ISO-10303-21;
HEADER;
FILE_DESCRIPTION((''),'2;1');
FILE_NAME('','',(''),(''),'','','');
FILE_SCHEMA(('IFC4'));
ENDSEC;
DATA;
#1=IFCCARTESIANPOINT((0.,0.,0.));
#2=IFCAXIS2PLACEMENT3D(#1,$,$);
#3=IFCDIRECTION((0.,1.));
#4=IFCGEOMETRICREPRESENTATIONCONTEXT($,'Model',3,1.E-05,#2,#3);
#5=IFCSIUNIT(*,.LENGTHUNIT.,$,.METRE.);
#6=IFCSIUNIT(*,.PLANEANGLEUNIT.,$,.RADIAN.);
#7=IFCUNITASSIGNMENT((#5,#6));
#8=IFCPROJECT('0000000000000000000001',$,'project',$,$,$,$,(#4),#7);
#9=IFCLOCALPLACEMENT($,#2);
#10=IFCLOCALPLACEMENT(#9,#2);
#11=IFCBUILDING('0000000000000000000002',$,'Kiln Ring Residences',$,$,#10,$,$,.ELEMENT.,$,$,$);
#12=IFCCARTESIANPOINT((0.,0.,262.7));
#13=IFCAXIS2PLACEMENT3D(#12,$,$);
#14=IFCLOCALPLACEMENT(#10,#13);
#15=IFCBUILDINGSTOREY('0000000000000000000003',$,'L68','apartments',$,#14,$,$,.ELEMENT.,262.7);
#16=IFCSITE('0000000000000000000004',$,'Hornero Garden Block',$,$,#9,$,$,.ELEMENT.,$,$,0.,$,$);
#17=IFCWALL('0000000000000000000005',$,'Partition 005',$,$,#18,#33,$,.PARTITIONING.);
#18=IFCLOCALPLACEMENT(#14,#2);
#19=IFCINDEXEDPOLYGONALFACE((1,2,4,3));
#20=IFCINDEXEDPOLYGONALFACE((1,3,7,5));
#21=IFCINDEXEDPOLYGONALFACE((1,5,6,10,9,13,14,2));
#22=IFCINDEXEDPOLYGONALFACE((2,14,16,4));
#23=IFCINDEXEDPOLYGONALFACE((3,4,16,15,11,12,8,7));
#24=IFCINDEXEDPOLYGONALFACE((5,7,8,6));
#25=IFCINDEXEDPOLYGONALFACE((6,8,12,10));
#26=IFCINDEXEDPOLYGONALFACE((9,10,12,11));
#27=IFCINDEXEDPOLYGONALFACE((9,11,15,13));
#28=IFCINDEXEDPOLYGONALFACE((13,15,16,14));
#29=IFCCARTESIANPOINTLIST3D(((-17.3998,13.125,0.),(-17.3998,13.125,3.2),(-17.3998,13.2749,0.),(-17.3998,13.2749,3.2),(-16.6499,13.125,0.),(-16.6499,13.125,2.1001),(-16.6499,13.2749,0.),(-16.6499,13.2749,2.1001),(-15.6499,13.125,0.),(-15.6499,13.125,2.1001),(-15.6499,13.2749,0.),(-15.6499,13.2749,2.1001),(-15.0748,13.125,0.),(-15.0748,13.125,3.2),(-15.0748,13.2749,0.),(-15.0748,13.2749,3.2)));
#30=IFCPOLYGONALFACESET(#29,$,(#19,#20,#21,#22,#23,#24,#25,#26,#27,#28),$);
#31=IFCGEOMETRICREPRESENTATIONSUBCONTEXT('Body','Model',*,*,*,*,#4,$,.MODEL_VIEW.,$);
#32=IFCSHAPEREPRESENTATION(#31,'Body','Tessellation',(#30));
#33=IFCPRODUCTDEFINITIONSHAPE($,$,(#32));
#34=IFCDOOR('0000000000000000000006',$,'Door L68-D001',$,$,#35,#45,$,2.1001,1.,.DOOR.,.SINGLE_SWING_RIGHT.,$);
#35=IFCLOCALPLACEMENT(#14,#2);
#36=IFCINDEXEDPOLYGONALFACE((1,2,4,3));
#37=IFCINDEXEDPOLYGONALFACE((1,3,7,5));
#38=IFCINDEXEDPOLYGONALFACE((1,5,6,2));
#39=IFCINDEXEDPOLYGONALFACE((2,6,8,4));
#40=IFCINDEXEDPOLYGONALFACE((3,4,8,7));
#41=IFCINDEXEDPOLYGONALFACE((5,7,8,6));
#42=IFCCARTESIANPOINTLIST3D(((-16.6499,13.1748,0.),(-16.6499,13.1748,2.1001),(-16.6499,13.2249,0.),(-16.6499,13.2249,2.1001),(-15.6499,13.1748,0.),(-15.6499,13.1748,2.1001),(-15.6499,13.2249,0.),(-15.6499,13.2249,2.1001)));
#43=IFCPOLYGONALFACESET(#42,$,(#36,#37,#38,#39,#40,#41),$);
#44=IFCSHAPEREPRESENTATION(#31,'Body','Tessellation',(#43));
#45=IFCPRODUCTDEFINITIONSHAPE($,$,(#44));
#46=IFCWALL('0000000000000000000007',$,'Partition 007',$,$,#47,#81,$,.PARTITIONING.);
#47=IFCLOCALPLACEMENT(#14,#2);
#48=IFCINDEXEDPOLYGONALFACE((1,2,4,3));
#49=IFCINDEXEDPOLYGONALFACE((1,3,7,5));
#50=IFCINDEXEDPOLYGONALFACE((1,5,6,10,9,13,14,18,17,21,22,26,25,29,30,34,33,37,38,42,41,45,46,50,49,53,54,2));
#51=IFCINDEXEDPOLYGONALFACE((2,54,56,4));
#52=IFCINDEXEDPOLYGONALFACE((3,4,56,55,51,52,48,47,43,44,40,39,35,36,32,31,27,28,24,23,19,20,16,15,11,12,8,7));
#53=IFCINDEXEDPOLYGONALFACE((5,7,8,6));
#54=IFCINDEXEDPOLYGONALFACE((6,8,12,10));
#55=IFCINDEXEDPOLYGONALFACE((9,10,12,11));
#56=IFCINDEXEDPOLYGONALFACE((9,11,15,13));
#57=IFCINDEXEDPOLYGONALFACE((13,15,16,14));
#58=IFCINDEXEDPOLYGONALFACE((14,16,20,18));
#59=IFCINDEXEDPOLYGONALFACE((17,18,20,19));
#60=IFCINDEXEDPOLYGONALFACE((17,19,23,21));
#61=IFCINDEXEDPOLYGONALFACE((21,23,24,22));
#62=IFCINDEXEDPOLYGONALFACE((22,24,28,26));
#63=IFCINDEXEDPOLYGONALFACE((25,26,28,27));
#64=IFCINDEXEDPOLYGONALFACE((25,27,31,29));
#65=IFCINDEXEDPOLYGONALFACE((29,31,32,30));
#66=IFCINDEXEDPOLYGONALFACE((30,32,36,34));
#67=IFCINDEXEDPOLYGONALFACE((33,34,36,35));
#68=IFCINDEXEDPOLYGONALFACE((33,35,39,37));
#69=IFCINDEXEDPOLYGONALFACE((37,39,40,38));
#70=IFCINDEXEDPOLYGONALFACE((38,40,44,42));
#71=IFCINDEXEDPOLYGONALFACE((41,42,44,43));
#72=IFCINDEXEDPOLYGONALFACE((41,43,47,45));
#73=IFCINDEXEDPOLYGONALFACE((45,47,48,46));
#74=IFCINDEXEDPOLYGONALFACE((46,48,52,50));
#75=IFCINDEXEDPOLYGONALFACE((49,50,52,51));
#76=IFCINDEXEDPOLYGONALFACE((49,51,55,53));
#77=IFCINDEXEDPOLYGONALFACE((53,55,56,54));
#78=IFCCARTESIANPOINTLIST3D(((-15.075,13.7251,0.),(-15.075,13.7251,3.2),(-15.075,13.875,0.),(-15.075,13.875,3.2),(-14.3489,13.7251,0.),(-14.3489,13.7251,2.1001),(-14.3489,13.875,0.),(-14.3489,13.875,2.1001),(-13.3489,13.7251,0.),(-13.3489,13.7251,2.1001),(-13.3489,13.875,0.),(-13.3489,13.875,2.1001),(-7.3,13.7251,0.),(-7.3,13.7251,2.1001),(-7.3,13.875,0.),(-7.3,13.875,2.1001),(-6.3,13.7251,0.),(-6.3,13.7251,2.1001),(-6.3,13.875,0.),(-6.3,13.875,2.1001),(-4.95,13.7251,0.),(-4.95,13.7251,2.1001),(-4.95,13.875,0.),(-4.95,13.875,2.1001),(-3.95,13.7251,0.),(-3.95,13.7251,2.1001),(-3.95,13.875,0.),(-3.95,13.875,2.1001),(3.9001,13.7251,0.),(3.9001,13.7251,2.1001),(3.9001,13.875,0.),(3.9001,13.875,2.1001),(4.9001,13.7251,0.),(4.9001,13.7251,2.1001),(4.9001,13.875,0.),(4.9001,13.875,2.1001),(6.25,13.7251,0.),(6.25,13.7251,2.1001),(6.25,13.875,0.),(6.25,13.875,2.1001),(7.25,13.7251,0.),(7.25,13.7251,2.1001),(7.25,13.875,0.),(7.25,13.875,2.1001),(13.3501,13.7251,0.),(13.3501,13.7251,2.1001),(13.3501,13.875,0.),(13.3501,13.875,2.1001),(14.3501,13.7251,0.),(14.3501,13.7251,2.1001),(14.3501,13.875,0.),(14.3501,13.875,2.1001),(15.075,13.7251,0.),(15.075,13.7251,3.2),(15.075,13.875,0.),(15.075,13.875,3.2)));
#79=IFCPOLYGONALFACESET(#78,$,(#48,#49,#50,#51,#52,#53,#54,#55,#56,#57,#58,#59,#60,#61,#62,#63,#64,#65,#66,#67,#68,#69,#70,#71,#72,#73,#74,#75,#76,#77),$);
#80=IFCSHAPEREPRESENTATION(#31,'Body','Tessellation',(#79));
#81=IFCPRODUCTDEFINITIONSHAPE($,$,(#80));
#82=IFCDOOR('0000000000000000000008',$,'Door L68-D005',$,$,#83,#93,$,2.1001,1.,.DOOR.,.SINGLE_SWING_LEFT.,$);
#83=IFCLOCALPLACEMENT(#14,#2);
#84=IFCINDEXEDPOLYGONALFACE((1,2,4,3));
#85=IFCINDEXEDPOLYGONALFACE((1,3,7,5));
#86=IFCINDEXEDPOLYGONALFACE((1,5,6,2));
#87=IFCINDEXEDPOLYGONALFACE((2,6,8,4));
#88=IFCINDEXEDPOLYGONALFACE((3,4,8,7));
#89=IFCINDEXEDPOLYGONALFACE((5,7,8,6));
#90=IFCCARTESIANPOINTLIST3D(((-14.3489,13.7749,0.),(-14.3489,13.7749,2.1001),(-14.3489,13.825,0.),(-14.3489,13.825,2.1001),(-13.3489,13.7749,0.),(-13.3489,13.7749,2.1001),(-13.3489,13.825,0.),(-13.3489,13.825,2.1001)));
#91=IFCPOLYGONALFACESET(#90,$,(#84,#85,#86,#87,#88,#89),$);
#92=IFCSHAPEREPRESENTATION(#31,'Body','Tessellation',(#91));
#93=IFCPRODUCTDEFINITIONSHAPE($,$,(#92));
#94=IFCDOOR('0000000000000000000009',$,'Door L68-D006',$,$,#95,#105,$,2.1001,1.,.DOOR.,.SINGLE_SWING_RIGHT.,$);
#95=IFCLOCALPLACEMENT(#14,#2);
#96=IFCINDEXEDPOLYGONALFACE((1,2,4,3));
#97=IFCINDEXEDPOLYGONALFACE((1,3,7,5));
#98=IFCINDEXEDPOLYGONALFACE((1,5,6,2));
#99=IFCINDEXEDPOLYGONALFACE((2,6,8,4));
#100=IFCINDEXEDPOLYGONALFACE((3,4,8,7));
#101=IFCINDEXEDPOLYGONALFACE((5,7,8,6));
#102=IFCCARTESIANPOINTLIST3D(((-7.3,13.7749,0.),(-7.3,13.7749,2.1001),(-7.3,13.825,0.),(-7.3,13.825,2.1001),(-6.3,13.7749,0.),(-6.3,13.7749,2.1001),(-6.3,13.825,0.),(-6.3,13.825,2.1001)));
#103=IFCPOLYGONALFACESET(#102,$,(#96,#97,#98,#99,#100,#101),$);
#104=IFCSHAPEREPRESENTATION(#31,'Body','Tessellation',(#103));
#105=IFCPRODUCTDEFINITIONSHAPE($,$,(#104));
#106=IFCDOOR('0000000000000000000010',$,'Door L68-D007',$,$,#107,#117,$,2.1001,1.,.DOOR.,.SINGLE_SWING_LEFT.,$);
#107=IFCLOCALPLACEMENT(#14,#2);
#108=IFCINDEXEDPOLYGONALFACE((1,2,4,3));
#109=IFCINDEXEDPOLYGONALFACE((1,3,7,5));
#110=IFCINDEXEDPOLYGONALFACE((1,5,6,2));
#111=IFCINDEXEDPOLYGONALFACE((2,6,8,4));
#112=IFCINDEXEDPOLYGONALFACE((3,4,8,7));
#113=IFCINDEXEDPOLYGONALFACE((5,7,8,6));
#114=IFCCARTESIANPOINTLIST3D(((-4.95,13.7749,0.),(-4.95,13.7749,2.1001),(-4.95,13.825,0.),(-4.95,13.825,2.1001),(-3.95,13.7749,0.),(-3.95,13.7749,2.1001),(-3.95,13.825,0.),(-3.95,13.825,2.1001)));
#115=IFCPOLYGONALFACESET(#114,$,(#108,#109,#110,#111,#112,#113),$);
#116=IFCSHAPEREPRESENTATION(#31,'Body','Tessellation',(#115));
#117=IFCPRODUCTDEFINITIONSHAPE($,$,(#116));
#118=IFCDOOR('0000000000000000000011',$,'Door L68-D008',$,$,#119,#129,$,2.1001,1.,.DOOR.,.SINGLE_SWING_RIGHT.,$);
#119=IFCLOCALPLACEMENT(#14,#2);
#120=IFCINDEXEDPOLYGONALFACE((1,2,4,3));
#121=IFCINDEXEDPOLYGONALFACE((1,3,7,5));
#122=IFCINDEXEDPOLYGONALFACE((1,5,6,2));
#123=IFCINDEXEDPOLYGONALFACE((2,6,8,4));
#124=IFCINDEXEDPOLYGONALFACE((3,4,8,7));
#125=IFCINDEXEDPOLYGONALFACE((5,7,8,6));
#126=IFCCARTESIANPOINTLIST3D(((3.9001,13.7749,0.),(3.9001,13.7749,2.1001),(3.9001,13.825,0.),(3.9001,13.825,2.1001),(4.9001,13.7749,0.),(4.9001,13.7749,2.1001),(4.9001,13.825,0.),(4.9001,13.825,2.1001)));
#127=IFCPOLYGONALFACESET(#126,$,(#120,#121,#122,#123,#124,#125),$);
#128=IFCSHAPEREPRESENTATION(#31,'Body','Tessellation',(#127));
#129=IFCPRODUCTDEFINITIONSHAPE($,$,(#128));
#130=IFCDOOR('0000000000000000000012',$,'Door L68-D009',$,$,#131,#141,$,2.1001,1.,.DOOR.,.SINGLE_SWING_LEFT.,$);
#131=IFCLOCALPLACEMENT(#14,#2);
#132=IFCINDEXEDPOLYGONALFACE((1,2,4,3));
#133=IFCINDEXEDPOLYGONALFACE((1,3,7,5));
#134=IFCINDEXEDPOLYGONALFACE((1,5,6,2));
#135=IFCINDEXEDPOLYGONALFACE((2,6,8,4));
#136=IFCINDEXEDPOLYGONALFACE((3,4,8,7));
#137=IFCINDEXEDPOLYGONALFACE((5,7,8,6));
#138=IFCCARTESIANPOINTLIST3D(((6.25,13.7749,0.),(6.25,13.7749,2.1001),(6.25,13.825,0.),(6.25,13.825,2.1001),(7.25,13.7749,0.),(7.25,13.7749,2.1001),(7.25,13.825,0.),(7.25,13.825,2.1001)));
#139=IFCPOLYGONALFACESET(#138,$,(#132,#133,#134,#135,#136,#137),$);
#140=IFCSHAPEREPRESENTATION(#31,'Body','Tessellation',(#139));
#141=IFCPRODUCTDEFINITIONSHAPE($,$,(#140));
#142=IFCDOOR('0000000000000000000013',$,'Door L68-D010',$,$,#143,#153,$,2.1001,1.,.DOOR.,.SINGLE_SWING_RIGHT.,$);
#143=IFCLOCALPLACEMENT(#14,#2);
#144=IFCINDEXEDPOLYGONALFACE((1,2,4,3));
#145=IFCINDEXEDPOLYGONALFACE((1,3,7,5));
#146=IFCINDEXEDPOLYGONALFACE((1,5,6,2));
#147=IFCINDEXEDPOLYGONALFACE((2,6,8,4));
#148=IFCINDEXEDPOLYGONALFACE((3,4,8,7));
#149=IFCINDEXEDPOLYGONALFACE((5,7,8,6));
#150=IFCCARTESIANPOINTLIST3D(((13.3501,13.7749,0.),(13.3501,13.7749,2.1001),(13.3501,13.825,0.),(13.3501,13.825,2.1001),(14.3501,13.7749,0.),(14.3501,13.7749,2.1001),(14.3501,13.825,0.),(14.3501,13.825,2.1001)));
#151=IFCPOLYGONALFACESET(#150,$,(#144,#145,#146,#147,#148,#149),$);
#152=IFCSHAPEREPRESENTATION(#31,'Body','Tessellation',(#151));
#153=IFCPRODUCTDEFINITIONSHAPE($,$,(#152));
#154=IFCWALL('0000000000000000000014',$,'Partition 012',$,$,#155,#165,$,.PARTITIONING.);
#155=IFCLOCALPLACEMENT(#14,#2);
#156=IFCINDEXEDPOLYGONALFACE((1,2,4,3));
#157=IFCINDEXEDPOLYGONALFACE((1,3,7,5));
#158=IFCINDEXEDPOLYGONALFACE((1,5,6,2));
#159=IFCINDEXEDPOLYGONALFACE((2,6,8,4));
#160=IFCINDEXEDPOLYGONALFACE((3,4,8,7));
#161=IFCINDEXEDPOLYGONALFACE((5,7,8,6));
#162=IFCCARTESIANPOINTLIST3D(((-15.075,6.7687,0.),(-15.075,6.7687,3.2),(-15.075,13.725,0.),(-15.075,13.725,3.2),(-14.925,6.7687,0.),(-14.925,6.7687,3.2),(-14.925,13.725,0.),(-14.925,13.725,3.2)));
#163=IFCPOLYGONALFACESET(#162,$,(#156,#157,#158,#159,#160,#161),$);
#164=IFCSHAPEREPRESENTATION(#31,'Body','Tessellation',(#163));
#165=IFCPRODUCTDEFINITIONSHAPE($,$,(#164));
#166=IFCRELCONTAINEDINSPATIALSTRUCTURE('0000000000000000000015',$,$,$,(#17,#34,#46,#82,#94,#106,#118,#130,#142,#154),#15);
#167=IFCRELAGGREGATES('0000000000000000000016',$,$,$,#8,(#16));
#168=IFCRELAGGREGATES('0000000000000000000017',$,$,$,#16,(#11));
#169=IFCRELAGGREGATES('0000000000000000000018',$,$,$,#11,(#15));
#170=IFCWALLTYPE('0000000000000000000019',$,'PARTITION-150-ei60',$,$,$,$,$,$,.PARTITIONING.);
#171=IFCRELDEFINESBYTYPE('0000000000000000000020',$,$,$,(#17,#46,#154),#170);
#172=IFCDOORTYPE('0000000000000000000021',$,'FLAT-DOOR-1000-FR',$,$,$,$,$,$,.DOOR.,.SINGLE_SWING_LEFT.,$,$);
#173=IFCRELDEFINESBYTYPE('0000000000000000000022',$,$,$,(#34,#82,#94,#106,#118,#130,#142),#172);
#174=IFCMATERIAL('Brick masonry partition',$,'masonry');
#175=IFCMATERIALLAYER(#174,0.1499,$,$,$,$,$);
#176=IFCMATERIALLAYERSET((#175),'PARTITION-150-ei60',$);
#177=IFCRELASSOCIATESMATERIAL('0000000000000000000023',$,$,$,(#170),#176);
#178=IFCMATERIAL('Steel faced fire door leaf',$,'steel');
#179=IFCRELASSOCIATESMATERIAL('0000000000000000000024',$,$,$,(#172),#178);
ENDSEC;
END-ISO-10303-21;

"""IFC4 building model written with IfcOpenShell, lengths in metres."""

from ifc_helpers import new_model, si_unit, direction, frame, frame_2d, origin, place, context, subcontext, project, spatial, rectangle, extrude, material, layer, layer_set, type_object, element, fill, save


model = new_model("IFC4")

# Units and contexts
model_context = context("Model", 3, precision=1e-05, world=origin(), true_north=direction((0.0, 1.0)))
body_context = subcontext(model_context, "Body", "Model", "MODEL_VIEW")
ifc_project = project(units=[si_unit("LENGTHUNIT", "METRE"), si_unit("PLANEANGLEUNIT", "RADIAN")], contexts=[model_context])

# Site, building, storey
site_placement = place(None, origin())
site = spatial("IfcSite", under=ifc_project, at=site_placement, Name="Hornero Garden Block", CompositionType="ELEMENT", RefElevation=0.0)
building_placement = place(site_placement, origin())
building = spatial("IfcBuilding", under=site, at=building_placement, Name="Kiln Ring Residences", CompositionType="ELEMENT")
storey_placement = place(building_placement, frame((0.0, 0.0, 262.7)))
storey = spatial("IfcBuildingStorey", under=building, at=storey_placement, Name="L68", Description="apartments", CompositionType="ELEMENT", Elevation=262.7)

# Wall, opening, door
ifc_material_1 = material(Name="Brick masonry partition", Category="masonry")
ifc_layer_1 = layer(ifc_material_1, 0.1499)
ifc_layer_set_1 = layer_set([ifc_layer_1], Name="PARTITION-150-ei60")
wall_type_1 = type_object("IfcWallType", Name="PARTITION-150-ei60", PredefinedType="PARTITIONING", material=ifc_layer_set_1)
wall_1_placement = place(storey_placement, frame((-17.3999, 13.2, 0.0), z_axis=(0.0, 0.0, 1.0), x_axis=(1.0, 0.0, 0.0)))
wall_1 = element("IfcWall", 1, at=wall_1_placement, inside=storey, type_object=wall_type_1, Name="Partition 005", PredefinedType="PARTITIONING", context=body_context, shape_type="SweptSolid", body=[
    extrude(rectangle(XDim=2.325, YDim=0.1499, at=frame_2d((1.1626, 0.0))), origin(), (0.0, 0.0, 1.0), 3.2),
])
opening_1_placement = place(wall_1_placement, frame((0.75, 0.0, 0.0)))
opening_1 = element("IfcOpeningElement", 2, at=opening_1_placement, cuts=wall_1, PredefinedType="OPENING", context=body_context, shape_type="SweptSolid", body=[
    extrude(rectangle(XDim=1.0, YDim=2.1001, at=frame_2d((0.5, 1.05))), frame((0.0, 0.085, 0.0), z_axis=(0.0, -1.0, 0.0), x_axis=(1.0, 0.0, 0.0)), (0.0, 0.0, 1.0), 0.1699),
])
ifc_material_2 = material(Name="Steel faced fire door leaf", Category="steel")
door_type_1 = type_object("IfcDoorType", Name="FLAT-DOOR-1000-FR", OperationType="SINGLE_SWING_LEFT", PredefinedType="DOOR", material=ifc_material_2)
door_1_placement = place(opening_1_placement, origin())
door_1 = element("IfcDoor", 3, at=door_1_placement, inside=storey, type_object=door_type_1, Name="Door L68-D001", OperationType="SINGLE_SWING_RIGHT", OverallHeight=2.1001, OverallWidth=1.0, PredefinedType="DOOR", context=body_context, shape_type="SweptSolid", body=[
    extrude(rectangle(XDim=1.0, YDim=2.1001, at=frame_2d((0.5, 1.05))), frame((0.0, 0.0249, 0.0), z_axis=(0.0, -1.0, 0.0), x_axis=(1.0, 0.0, 0.0)), (0.0, 0.0, 1.0), 0.05),
])
fill(opening_1, door_1)

# Wall, openings, doors
wall_2_placement = place(storey_placement, frame((-15.075, 13.8, 0.0), z_axis=(0.0, 0.0, 1.0), x_axis=(1.0, 0.0, 0.0)))
wall_2 = element("IfcWall", 4, at=wall_2_placement, inside=storey, type_object=wall_type_1, Name="Partition 007", PredefinedType="PARTITIONING", context=body_context, shape_type="SweptSolid", body=[
    extrude(rectangle(XDim=30.1499, YDim=0.1499, at=frame_2d((15.075, 0.0))), origin(), (0.0, 0.0, 1.0), 3.2),
])
opening_2_placement = place(wall_2_placement, frame((0.7261, 0.0, 0.0)))
opening_2 = element("IfcOpeningElement", 5, at=opening_2_placement, cuts=wall_2, PredefinedType="OPENING", context=body_context, shape_type="SweptSolid", body=[
    extrude(rectangle(XDim=1.0, YDim=2.1001, at=frame_2d((0.5, 1.05))), frame((0.0, 0.085, 0.0), z_axis=(0.0, -1.0, 0.0), x_axis=(1.0, 0.0, 0.0)), (0.0, 0.0, 1.0), 0.1699),
])
opening_3_placement = place(wall_2_placement, frame((7.7749, 0.0, 0.0)))
opening_3 = element("IfcOpeningElement", 6, at=opening_3_placement, cuts=wall_2, PredefinedType="OPENING", context=body_context, shape_type="SweptSolid", body=[
    extrude(rectangle(XDim=1.0, YDim=2.1001, at=frame_2d((0.5, 1.05))), frame((0.0, 0.085, 0.0), z_axis=(0.0, -1.0, 0.0), x_axis=(1.0, 0.0, 0.0)), (0.0, 0.0, 1.0), 0.1699),
])
opening_4_placement = place(wall_2_placement, frame((10.125, 0.0, 0.0)))
opening_4 = element("IfcOpeningElement", 7, at=opening_4_placement, cuts=wall_2, PredefinedType="OPENING", context=body_context, shape_type="SweptSolid", body=[
    extrude(rectangle(XDim=1.0, YDim=2.1001, at=frame_2d((0.5, 1.05))), frame((0.0, 0.085, 0.0), z_axis=(0.0, -1.0, 0.0), x_axis=(1.0, 0.0, 0.0)), (0.0, 0.0, 1.0), 0.1699),
])
opening_5_placement = place(wall_2_placement, frame((18.9751, 0.0, 0.0)))
opening_5 = element("IfcOpeningElement", 8, at=opening_5_placement, cuts=wall_2, PredefinedType="OPENING", context=body_context, shape_type="SweptSolid", body=[
    extrude(rectangle(XDim=1.0, YDim=2.1001, at=frame_2d((0.5, 1.05))), frame((0.0, 0.085, 0.0), z_axis=(0.0, -1.0, 0.0), x_axis=(1.0, 0.0, 0.0)), (0.0, 0.0, 1.0), 0.1699),
])
opening_6_placement = place(wall_2_placement, frame((21.325, 0.0, 0.0)))
opening_6 = element("IfcOpeningElement", 9, at=opening_6_placement, cuts=wall_2, PredefinedType="OPENING", context=body_context, shape_type="SweptSolid", body=[
    extrude(rectangle(XDim=1.0, YDim=2.1001, at=frame_2d((0.5, 1.05))), frame((0.0, 0.085, 0.0), z_axis=(0.0, -1.0, 0.0), x_axis=(1.0, 0.0, 0.0)), (0.0, 0.0, 1.0), 0.1699),
])
opening_7_placement = place(wall_2_placement, frame((28.425, 0.0, 0.0)))
opening_7 = element("IfcOpeningElement", 10, at=opening_7_placement, cuts=wall_2, PredefinedType="OPENING", context=body_context, shape_type="SweptSolid", body=[
    extrude(rectangle(XDim=1.0, YDim=2.1001, at=frame_2d((0.5, 1.05))), frame((0.0, 0.085, 0.0), z_axis=(0.0, -1.0, 0.0), x_axis=(1.0, 0.0, 0.0)), (0.0, 0.0, 1.0), 0.1699),
])
door_2_placement = place(opening_2_placement, origin())
door_2 = element("IfcDoor", 11, at=door_2_placement, inside=storey, type_object=door_type_1, Name="Door L68-D005", OperationType="SINGLE_SWING_LEFT", OverallHeight=2.1001, OverallWidth=1.0, PredefinedType="DOOR", context=body_context, shape_type="SweptSolid", body=[
    extrude(rectangle(XDim=1.0, YDim=2.1001, at=frame_2d((0.5, 1.05))), frame((0.0, 0.0249, 0.0), z_axis=(0.0, -1.0, 0.0), x_axis=(1.0, 0.0, 0.0)), (0.0, 0.0, 1.0), 0.05),
])
fill(opening_2, door_2)
door_3_placement = place(opening_3_placement, origin())
door_3 = element("IfcDoor", 12, at=door_3_placement, inside=storey, type_object=door_type_1, Name="Door L68-D006", OperationType="SINGLE_SWING_RIGHT", OverallHeight=2.1001, OverallWidth=1.0, PredefinedType="DOOR", context=body_context, shape_type="SweptSolid", body=[
    extrude(rectangle(XDim=1.0, YDim=2.1001, at=frame_2d((0.5, 1.05))), frame((0.0, 0.0249, 0.0), z_axis=(0.0, -1.0, 0.0), x_axis=(1.0, 0.0, 0.0)), (0.0, 0.0, 1.0), 0.05),
])
fill(opening_3, door_3)
door_4_placement = place(opening_4_placement, origin())
door_4 = element("IfcDoor", 13, at=door_4_placement, inside=storey, type_object=door_type_1, Name="Door L68-D007", OperationType="SINGLE_SWING_LEFT", OverallHeight=2.1001, OverallWidth=1.0, PredefinedType="DOOR", context=body_context, shape_type="SweptSolid", body=[
    extrude(rectangle(XDim=1.0, YDim=2.1001, at=frame_2d((0.5, 1.05))), frame((0.0, 0.0249, 0.0), z_axis=(0.0, -1.0, 0.0), x_axis=(1.0, 0.0, 0.0)), (0.0, 0.0, 1.0), 0.05),
])
fill(opening_4, door_4)
door_5_placement = place(opening_5_placement, origin())
door_5 = element("IfcDoor", 14, at=door_5_placement, inside=storey, type_object=door_type_1, Name="Door L68-D008", OperationType="SINGLE_SWING_RIGHT", OverallHeight=2.1001, OverallWidth=1.0, PredefinedType="DOOR", context=body_context, shape_type="SweptSolid", body=[
    extrude(rectangle(XDim=1.0, YDim=2.1001, at=frame_2d((0.5, 1.05))), frame((0.0, 0.0249, 0.0), z_axis=(0.0, -1.0, 0.0), x_axis=(1.0, 0.0, 0.0)), (0.0, 0.0, 1.0), 0.05),
])
fill(opening_5, door_5)
door_6_placement = place(opening_6_placement, origin())
door_6 = element("IfcDoor", 15, at=door_6_placement, inside=storey, type_object=door_type_1, Name="Door L68-D009", OperationType="SINGLE_SWING_LEFT", OverallHeight=2.1001, OverallWidth=1.0, PredefinedType="DOOR", context=body_context, shape_type="SweptSolid", body=[
    extrude(rectangle(XDim=1.0, YDim=2.1001, at=frame_2d((0.5, 1.05))), frame((0.0, 0.0249, 0.0), z_axis=(0.0, -1.0, 0.0), x_axis=(1.0, 0.0, 0.0)), (0.0, 0.0, 1.0), 0.05),
])
fill(opening_6, door_6)
door_7_placement = place(opening_7_placement, origin())
door_7 = element("IfcDoor", 16, at=door_7_placement, inside=storey, type_object=door_type_1, Name="Door L68-D010", OperationType="SINGLE_SWING_RIGHT", OverallHeight=2.1001, OverallWidth=1.0, PredefinedType="DOOR", context=body_context, shape_type="SweptSolid", body=[
    extrude(rectangle(XDim=1.0, YDim=2.1001, at=frame_2d((0.5, 1.05))), frame((0.0, 0.0249, 0.0), z_axis=(0.0, -1.0, 0.0), x_axis=(1.0, 0.0, 0.0)), (0.0, 0.0, 1.0), 0.05),
])
fill(opening_7, door_7)

# Wall
wall_3_placement = place(storey_placement, frame((-15.0, 6.7688, 0.0), z_axis=(0.0, 0.0, 1.0), x_axis=(0.0, 1.0, 0.0)))
element("IfcWall", 17, at=wall_3_placement, inside=storey, type_object=wall_type_1, Name="Partition 012", PredefinedType="PARTITIONING", context=body_context, shape_type="SweptSolid", body=[
    extrude(rectangle(XDim=6.9563, YDim=0.1499, at=frame_2d((3.478, 0.0))), origin(), (0.0, 0.0, 1.0), 3.2),
])

save(model, "model.ifc")
